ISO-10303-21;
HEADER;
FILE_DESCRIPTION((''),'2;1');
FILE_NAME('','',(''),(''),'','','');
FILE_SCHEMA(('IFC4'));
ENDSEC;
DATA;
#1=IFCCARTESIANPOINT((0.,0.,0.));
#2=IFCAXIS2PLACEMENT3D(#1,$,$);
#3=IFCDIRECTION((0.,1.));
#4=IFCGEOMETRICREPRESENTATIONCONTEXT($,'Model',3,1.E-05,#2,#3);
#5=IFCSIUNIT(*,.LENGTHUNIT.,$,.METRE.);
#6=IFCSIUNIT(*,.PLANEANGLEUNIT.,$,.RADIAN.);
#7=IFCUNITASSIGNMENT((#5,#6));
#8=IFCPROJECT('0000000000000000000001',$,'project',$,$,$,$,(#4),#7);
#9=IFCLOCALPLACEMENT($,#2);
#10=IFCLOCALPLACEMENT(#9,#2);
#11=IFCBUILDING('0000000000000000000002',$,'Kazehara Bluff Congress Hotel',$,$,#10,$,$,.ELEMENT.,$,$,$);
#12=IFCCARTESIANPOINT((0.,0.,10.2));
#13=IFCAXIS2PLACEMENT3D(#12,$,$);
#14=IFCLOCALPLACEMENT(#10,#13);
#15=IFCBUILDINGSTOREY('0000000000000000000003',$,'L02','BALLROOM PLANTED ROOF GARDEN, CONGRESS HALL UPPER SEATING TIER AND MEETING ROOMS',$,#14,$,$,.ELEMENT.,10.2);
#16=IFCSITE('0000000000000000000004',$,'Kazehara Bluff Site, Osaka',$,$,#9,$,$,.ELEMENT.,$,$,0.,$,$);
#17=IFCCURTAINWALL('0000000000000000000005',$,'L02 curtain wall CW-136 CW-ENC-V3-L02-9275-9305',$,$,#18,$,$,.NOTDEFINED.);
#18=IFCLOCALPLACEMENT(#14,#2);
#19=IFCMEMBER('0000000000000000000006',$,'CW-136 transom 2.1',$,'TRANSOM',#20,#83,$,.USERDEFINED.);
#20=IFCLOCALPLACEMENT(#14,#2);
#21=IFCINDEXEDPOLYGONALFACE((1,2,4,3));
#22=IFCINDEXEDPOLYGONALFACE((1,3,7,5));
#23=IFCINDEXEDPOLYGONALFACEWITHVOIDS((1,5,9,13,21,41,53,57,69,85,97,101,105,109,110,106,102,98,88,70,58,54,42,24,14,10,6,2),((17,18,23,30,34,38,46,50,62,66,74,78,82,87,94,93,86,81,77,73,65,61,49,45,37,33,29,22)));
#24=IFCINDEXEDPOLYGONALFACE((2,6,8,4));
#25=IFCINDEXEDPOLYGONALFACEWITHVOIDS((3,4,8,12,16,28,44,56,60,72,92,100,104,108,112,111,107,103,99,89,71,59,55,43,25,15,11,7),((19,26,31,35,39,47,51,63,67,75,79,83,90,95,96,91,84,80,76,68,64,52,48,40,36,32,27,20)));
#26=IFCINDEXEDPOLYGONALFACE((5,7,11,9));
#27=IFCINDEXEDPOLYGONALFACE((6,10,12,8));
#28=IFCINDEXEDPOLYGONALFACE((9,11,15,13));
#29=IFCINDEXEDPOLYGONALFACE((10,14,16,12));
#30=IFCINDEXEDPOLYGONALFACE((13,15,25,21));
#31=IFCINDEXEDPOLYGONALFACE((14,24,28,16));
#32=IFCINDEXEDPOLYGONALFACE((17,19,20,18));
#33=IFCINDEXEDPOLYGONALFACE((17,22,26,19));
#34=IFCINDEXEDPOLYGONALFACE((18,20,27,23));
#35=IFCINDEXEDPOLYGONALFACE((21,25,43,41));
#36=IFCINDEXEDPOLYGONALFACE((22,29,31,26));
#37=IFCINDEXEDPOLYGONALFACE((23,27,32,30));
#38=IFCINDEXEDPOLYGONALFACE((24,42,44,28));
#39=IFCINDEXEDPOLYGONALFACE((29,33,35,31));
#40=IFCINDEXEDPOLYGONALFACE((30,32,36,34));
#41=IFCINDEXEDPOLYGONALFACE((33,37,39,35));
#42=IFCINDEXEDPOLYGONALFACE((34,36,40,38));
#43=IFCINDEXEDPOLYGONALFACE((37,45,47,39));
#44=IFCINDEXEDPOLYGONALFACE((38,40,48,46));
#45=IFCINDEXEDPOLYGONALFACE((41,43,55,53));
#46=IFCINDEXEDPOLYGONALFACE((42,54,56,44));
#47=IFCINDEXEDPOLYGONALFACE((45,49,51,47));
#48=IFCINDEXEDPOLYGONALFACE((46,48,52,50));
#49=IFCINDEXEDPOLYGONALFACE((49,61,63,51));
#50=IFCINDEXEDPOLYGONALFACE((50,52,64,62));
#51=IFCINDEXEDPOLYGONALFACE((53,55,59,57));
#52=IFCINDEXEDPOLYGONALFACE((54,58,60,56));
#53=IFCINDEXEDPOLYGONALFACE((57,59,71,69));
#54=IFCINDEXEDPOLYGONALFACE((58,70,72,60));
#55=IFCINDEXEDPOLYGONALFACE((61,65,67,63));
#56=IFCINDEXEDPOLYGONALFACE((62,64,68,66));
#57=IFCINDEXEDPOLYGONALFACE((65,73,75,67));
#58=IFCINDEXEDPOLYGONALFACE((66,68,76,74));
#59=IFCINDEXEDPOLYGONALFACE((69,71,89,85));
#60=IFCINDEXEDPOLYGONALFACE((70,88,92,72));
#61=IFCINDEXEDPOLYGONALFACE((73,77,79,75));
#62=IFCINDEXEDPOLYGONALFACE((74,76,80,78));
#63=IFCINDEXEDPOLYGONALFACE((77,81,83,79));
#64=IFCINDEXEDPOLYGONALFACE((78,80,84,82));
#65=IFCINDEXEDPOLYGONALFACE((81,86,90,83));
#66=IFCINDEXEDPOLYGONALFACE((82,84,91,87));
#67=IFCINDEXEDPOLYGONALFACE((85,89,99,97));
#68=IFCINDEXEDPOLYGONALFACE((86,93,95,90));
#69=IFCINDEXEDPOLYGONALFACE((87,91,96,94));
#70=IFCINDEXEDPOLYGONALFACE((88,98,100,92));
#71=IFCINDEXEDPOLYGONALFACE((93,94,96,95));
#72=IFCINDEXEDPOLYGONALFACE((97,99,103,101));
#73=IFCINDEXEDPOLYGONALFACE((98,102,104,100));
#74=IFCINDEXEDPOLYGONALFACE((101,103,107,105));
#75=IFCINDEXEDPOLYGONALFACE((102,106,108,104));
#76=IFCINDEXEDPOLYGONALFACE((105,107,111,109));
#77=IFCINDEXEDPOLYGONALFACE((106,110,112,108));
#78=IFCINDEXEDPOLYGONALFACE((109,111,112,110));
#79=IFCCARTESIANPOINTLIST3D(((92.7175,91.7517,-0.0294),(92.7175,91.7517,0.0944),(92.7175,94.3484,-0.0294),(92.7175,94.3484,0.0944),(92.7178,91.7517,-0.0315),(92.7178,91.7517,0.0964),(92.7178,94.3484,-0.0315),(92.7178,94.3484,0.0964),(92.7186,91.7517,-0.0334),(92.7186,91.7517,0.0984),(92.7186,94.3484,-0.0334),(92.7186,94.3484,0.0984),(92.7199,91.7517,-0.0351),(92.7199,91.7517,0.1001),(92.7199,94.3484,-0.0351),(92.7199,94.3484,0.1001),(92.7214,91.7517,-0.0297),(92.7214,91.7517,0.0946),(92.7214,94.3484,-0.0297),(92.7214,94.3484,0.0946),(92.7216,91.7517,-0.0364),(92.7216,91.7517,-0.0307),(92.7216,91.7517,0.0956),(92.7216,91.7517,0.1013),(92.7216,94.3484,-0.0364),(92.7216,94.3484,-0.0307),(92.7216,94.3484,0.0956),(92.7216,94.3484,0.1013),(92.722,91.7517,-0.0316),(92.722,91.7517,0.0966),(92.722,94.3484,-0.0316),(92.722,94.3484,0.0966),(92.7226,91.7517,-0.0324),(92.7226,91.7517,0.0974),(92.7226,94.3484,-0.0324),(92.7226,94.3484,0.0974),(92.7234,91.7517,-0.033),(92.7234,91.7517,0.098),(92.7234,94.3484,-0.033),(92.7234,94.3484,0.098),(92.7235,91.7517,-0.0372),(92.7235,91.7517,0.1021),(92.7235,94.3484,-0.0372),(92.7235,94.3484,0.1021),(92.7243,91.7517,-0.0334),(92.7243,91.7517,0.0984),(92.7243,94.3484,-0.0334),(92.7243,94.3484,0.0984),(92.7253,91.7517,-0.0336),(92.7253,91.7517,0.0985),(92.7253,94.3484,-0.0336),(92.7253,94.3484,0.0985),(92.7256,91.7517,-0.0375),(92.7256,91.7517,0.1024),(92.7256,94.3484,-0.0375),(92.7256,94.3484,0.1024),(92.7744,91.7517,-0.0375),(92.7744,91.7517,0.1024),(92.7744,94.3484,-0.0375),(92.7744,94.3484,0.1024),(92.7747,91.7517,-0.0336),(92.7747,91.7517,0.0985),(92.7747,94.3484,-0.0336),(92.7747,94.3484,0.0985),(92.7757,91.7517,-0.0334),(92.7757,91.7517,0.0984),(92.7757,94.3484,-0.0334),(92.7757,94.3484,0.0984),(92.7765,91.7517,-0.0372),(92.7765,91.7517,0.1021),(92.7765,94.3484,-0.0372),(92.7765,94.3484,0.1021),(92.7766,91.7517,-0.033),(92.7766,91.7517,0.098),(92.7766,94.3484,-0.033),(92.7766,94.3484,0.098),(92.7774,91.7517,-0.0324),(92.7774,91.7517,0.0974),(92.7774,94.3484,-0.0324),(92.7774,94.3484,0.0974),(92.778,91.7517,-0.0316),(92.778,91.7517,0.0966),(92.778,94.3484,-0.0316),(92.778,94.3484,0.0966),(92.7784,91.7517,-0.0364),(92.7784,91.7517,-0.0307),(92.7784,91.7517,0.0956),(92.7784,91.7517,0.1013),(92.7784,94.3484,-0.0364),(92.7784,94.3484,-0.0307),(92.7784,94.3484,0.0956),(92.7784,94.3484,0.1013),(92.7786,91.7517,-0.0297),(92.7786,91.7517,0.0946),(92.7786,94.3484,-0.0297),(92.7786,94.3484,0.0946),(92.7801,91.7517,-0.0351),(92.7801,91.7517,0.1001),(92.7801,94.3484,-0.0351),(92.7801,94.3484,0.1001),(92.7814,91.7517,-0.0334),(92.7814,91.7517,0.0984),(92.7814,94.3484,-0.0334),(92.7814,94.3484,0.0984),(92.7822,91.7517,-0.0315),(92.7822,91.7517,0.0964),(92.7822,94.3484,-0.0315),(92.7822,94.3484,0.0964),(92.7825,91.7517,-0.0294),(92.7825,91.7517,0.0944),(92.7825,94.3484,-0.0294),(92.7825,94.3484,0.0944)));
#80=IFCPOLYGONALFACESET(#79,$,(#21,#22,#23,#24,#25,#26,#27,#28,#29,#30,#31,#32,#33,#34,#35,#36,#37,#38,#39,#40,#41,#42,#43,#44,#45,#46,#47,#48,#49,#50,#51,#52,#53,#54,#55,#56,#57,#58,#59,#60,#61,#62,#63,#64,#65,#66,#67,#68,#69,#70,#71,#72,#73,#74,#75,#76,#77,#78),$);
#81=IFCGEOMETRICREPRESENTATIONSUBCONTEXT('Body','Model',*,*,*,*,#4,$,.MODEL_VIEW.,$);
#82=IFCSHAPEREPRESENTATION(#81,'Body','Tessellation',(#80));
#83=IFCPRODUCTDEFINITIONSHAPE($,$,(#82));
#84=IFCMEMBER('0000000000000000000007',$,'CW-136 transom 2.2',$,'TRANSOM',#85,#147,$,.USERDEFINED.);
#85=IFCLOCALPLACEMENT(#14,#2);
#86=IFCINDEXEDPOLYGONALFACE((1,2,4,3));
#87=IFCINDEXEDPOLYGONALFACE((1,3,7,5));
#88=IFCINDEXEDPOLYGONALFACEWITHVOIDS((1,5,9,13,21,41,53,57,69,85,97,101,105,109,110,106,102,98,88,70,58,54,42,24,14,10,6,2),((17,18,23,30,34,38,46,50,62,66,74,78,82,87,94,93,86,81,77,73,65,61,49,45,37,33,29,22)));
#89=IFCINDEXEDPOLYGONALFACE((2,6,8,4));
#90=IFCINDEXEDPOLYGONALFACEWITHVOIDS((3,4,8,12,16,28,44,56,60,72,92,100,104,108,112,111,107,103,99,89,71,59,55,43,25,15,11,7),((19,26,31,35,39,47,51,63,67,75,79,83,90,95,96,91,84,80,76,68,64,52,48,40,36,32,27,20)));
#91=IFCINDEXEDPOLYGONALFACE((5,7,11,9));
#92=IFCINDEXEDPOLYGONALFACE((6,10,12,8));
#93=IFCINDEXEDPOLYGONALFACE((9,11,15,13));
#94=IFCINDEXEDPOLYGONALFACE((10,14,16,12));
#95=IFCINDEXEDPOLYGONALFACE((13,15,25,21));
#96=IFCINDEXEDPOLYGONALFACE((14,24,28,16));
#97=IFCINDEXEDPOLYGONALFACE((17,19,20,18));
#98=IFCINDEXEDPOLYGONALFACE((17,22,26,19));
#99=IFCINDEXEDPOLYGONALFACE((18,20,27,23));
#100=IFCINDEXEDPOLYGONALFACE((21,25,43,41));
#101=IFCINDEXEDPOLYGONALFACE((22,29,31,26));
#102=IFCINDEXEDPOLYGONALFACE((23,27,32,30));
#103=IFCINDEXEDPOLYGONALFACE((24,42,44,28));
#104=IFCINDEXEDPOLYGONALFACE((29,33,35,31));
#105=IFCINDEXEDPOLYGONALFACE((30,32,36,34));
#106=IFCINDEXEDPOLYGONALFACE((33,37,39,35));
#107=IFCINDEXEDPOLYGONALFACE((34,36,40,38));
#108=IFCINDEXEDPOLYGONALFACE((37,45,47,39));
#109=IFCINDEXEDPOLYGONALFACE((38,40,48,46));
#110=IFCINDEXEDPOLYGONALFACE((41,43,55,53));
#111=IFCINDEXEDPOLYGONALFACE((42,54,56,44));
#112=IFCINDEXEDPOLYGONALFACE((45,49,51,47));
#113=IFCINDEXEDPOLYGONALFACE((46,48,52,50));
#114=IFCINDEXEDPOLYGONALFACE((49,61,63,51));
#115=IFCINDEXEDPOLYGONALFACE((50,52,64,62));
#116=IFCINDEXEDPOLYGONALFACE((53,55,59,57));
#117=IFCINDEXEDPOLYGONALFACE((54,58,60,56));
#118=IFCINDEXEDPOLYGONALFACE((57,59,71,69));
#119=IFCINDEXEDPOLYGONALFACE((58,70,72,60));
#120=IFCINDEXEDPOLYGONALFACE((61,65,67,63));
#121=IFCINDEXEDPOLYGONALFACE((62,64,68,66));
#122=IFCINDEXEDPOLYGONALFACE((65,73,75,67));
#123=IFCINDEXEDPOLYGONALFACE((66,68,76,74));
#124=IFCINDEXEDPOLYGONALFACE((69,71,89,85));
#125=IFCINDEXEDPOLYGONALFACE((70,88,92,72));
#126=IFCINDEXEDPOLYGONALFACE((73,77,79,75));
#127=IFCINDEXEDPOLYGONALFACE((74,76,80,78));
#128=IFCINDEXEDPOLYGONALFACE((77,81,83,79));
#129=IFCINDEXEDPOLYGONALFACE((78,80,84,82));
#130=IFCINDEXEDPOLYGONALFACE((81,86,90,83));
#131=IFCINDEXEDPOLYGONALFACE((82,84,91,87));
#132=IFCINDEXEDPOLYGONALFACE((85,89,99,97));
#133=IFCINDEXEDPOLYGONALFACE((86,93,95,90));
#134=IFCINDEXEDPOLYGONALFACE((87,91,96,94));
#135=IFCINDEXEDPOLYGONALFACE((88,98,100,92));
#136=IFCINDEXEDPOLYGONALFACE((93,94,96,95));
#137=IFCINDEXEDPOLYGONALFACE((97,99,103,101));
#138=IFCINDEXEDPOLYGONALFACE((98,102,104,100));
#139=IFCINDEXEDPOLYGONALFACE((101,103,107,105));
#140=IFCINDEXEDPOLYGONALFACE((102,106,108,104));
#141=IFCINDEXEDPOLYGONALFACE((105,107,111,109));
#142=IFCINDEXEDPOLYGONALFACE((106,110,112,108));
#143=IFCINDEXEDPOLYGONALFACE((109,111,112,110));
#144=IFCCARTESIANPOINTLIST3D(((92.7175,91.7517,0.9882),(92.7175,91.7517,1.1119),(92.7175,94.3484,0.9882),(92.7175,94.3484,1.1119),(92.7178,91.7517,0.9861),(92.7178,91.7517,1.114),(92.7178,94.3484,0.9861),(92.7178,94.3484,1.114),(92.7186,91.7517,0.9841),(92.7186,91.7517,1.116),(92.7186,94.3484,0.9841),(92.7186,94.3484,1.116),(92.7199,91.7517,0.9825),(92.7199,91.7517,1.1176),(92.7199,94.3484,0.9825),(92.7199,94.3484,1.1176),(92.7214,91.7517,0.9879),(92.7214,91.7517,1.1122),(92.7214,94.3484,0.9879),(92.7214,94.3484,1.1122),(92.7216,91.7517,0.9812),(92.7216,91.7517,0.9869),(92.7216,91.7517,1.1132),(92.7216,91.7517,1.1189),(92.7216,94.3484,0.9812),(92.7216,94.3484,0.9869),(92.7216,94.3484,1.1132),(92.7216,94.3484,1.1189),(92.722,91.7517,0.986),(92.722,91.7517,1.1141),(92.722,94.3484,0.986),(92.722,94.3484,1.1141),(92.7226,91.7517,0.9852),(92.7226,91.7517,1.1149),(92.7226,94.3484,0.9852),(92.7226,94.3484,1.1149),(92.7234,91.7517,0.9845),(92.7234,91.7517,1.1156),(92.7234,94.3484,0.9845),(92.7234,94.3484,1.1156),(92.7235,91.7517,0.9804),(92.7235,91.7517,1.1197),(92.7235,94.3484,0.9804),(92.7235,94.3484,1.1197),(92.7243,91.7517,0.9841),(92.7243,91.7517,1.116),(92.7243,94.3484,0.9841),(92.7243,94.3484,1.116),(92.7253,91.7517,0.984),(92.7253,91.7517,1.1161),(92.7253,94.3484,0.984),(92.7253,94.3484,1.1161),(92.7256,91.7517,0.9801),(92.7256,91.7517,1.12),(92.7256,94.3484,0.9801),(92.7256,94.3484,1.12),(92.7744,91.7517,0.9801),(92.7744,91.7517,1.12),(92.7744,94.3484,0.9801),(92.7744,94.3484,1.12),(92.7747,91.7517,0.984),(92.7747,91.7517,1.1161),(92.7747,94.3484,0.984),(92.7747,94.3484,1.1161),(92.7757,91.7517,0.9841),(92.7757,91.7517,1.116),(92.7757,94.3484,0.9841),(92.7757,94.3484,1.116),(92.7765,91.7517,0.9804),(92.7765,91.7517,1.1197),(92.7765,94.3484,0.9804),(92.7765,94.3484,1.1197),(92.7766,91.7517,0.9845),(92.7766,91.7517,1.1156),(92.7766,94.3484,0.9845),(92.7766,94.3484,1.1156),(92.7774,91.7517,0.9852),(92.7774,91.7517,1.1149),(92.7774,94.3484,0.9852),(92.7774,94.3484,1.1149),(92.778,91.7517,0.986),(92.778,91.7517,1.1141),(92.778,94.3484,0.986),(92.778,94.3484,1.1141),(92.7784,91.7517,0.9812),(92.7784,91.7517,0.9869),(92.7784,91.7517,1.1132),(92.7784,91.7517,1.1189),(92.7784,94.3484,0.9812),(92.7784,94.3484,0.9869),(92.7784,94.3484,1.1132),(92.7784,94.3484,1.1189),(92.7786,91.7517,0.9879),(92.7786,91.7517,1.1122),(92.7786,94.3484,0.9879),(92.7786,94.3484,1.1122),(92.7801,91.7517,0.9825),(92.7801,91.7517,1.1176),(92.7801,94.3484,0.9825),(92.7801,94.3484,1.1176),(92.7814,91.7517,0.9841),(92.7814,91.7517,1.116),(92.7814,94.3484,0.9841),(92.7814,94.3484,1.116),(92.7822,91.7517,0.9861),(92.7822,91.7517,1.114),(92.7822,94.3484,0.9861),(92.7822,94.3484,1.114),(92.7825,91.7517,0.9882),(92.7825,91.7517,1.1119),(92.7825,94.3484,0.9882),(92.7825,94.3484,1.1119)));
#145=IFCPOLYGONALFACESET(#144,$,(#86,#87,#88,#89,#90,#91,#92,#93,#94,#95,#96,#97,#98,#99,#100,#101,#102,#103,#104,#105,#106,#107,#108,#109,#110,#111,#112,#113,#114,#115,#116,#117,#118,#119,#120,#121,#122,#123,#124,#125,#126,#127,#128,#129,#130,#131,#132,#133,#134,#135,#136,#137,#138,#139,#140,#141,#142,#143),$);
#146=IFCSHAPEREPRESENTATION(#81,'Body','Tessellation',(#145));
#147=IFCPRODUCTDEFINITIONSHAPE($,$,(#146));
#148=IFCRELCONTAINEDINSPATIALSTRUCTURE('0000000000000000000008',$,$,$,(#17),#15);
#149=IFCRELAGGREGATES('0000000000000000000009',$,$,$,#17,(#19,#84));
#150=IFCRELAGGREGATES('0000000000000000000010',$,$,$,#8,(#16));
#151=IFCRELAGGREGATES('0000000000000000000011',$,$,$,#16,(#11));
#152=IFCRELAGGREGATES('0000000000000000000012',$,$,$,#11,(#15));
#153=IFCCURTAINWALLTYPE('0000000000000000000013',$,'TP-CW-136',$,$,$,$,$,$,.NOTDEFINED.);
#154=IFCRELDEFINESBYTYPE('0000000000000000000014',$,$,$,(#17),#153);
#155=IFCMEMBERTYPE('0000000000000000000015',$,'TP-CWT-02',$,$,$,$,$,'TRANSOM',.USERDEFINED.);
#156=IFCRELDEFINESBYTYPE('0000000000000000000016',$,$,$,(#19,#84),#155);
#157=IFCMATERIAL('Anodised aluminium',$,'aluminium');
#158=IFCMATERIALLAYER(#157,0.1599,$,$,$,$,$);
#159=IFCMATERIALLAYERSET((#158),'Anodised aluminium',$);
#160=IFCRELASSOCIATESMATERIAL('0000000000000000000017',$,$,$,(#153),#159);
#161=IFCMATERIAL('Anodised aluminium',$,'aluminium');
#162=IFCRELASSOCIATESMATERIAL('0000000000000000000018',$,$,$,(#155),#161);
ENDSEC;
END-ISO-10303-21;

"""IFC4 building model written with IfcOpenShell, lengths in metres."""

from ifc_helpers import new_model, si_unit, direction, frame, origin, origin_2d, place, context, subcontext, project, spatial, hollow_rectangle, extrude, material, layer, layer_set, material_profile, profile_set, type_object, element, aggregate, save


model = new_model("IFC4")

# Units and contexts
model_context = context("Model", 3, precision=1e-05, world=origin(), true_north=direction((0.0, 1.0)))
body_context = subcontext(model_context, "Body", "Model", "MODEL_VIEW")
ifc_project = project(units=[si_unit("LENGTHUNIT", "METRE"), si_unit("PLANEANGLEUNIT", "RADIAN")], contexts=[model_context])

# Site, building, storey
site_placement = place(None, origin())
site = spatial("IfcSite", under=ifc_project, at=site_placement, Name="Kazehara Bluff Site, Osaka", CompositionType="ELEMENT", RefElevation=0.0)
building_placement = place(site_placement, origin())
building = spatial("IfcBuilding", under=site, at=building_placement, Name="Kazehara Bluff Congress Hotel", CompositionType="ELEMENT")
storey_placement = place(building_placement, frame((0.0, 0.0, 10.2)))
storey = spatial("IfcBuildingStorey", under=building, at=storey_placement, Name="L02", Description="BALLROOM PLANTED ROOF GARDEN, CONGRESS HALL UPPER SEATING TIER AND MEETING ROOMS", CompositionType="ELEMENT", Elevation=10.2)

# Curtain wall
ifc_material_1 = material(Name="Anodised aluminium", Category="aluminium")
ifc_layer_1 = layer(ifc_material_1, 0.1599)
ifc_layer_set_1 = layer_set([ifc_layer_1], Name="Anodised aluminium")
curtain_wall_type_1 = type_object("IfcCurtainWallType", Name="TP-CW-136", PredefinedType="NOTDEFINED", material=ifc_layer_set_1)
curtain_wall_1_placement = place(storey_placement, origin())
curtain_wall_1 = element("IfcCurtainWall", 1, at=curtain_wall_1_placement, inside=storey, type_object=curtain_wall_type_1, Name="L02 curtain wall CW-136 CW-ENC-V3-L02-9275-9305", PredefinedType="NOTDEFINED")

# Members
ifc_material_2 = material(Name="Anodised aluminium", Category="aluminium")
ifc_material_profile_1 = material_profile(ifc_material_2, hollow_rectangle(XDim=0.0649, YDim=0.1399, WallThickness=0.0039, InnerFilletRadius=0.0039, OuterFilletRadius=0.0081, at=origin_2d()))
ifc_profile_set_1 = profile_set([ifc_material_profile_1], Name="Anodised aluminium")
member_type_1 = type_object("IfcMemberType", Name="TP-CWT-02", ElementType="TRANSOM", PredefinedType="USERDEFINED", material=ifc_profile_set_1)
member_1_placement = place(storey_placement, frame((92.75, 94.3484, 0.0325), z_axis=(0.0, -1.0, 0.0), x_axis=(1.0, 0.0, 0.0)))
member_1 = element("IfcMember", 2, at=member_1_placement, type_object=member_type_1, Name="CW-136 transom 2.1", ObjectType="TRANSOM", PredefinedType="USERDEFINED", context=body_context, shape_type="SweptSolid", body=[
    extrude(hollow_rectangle(XDim=0.0649, YDim=0.1399, WallThickness=0.0039, InnerFilletRadius=0.0039, OuterFilletRadius=0.0081, at=origin_2d()), origin(), (0.0, 0.0, 1.0), 2.5967),
])
member_2_placement = place(storey_placement, frame((92.75, 94.3484, 1.05), z_axis=(0.0, -1.0, 0.0), x_axis=(1.0, 0.0, 0.0)))
member_2 = element("IfcMember", 3, at=member_2_placement, type_object=member_type_1, Name="CW-136 transom 2.2", ObjectType="TRANSOM", PredefinedType="USERDEFINED", context=body_context, shape_type="SweptSolid", body=[
    extrude(hollow_rectangle(XDim=0.0649, YDim=0.1399, WallThickness=0.0039, InnerFilletRadius=0.0039, OuterFilletRadius=0.0081, at=origin_2d()), origin(), (0.0, 0.0, 1.0), 2.5967),
])

aggregate(curtain_wall_1, [member_1, member_2])

save(model, "model.ifc")
